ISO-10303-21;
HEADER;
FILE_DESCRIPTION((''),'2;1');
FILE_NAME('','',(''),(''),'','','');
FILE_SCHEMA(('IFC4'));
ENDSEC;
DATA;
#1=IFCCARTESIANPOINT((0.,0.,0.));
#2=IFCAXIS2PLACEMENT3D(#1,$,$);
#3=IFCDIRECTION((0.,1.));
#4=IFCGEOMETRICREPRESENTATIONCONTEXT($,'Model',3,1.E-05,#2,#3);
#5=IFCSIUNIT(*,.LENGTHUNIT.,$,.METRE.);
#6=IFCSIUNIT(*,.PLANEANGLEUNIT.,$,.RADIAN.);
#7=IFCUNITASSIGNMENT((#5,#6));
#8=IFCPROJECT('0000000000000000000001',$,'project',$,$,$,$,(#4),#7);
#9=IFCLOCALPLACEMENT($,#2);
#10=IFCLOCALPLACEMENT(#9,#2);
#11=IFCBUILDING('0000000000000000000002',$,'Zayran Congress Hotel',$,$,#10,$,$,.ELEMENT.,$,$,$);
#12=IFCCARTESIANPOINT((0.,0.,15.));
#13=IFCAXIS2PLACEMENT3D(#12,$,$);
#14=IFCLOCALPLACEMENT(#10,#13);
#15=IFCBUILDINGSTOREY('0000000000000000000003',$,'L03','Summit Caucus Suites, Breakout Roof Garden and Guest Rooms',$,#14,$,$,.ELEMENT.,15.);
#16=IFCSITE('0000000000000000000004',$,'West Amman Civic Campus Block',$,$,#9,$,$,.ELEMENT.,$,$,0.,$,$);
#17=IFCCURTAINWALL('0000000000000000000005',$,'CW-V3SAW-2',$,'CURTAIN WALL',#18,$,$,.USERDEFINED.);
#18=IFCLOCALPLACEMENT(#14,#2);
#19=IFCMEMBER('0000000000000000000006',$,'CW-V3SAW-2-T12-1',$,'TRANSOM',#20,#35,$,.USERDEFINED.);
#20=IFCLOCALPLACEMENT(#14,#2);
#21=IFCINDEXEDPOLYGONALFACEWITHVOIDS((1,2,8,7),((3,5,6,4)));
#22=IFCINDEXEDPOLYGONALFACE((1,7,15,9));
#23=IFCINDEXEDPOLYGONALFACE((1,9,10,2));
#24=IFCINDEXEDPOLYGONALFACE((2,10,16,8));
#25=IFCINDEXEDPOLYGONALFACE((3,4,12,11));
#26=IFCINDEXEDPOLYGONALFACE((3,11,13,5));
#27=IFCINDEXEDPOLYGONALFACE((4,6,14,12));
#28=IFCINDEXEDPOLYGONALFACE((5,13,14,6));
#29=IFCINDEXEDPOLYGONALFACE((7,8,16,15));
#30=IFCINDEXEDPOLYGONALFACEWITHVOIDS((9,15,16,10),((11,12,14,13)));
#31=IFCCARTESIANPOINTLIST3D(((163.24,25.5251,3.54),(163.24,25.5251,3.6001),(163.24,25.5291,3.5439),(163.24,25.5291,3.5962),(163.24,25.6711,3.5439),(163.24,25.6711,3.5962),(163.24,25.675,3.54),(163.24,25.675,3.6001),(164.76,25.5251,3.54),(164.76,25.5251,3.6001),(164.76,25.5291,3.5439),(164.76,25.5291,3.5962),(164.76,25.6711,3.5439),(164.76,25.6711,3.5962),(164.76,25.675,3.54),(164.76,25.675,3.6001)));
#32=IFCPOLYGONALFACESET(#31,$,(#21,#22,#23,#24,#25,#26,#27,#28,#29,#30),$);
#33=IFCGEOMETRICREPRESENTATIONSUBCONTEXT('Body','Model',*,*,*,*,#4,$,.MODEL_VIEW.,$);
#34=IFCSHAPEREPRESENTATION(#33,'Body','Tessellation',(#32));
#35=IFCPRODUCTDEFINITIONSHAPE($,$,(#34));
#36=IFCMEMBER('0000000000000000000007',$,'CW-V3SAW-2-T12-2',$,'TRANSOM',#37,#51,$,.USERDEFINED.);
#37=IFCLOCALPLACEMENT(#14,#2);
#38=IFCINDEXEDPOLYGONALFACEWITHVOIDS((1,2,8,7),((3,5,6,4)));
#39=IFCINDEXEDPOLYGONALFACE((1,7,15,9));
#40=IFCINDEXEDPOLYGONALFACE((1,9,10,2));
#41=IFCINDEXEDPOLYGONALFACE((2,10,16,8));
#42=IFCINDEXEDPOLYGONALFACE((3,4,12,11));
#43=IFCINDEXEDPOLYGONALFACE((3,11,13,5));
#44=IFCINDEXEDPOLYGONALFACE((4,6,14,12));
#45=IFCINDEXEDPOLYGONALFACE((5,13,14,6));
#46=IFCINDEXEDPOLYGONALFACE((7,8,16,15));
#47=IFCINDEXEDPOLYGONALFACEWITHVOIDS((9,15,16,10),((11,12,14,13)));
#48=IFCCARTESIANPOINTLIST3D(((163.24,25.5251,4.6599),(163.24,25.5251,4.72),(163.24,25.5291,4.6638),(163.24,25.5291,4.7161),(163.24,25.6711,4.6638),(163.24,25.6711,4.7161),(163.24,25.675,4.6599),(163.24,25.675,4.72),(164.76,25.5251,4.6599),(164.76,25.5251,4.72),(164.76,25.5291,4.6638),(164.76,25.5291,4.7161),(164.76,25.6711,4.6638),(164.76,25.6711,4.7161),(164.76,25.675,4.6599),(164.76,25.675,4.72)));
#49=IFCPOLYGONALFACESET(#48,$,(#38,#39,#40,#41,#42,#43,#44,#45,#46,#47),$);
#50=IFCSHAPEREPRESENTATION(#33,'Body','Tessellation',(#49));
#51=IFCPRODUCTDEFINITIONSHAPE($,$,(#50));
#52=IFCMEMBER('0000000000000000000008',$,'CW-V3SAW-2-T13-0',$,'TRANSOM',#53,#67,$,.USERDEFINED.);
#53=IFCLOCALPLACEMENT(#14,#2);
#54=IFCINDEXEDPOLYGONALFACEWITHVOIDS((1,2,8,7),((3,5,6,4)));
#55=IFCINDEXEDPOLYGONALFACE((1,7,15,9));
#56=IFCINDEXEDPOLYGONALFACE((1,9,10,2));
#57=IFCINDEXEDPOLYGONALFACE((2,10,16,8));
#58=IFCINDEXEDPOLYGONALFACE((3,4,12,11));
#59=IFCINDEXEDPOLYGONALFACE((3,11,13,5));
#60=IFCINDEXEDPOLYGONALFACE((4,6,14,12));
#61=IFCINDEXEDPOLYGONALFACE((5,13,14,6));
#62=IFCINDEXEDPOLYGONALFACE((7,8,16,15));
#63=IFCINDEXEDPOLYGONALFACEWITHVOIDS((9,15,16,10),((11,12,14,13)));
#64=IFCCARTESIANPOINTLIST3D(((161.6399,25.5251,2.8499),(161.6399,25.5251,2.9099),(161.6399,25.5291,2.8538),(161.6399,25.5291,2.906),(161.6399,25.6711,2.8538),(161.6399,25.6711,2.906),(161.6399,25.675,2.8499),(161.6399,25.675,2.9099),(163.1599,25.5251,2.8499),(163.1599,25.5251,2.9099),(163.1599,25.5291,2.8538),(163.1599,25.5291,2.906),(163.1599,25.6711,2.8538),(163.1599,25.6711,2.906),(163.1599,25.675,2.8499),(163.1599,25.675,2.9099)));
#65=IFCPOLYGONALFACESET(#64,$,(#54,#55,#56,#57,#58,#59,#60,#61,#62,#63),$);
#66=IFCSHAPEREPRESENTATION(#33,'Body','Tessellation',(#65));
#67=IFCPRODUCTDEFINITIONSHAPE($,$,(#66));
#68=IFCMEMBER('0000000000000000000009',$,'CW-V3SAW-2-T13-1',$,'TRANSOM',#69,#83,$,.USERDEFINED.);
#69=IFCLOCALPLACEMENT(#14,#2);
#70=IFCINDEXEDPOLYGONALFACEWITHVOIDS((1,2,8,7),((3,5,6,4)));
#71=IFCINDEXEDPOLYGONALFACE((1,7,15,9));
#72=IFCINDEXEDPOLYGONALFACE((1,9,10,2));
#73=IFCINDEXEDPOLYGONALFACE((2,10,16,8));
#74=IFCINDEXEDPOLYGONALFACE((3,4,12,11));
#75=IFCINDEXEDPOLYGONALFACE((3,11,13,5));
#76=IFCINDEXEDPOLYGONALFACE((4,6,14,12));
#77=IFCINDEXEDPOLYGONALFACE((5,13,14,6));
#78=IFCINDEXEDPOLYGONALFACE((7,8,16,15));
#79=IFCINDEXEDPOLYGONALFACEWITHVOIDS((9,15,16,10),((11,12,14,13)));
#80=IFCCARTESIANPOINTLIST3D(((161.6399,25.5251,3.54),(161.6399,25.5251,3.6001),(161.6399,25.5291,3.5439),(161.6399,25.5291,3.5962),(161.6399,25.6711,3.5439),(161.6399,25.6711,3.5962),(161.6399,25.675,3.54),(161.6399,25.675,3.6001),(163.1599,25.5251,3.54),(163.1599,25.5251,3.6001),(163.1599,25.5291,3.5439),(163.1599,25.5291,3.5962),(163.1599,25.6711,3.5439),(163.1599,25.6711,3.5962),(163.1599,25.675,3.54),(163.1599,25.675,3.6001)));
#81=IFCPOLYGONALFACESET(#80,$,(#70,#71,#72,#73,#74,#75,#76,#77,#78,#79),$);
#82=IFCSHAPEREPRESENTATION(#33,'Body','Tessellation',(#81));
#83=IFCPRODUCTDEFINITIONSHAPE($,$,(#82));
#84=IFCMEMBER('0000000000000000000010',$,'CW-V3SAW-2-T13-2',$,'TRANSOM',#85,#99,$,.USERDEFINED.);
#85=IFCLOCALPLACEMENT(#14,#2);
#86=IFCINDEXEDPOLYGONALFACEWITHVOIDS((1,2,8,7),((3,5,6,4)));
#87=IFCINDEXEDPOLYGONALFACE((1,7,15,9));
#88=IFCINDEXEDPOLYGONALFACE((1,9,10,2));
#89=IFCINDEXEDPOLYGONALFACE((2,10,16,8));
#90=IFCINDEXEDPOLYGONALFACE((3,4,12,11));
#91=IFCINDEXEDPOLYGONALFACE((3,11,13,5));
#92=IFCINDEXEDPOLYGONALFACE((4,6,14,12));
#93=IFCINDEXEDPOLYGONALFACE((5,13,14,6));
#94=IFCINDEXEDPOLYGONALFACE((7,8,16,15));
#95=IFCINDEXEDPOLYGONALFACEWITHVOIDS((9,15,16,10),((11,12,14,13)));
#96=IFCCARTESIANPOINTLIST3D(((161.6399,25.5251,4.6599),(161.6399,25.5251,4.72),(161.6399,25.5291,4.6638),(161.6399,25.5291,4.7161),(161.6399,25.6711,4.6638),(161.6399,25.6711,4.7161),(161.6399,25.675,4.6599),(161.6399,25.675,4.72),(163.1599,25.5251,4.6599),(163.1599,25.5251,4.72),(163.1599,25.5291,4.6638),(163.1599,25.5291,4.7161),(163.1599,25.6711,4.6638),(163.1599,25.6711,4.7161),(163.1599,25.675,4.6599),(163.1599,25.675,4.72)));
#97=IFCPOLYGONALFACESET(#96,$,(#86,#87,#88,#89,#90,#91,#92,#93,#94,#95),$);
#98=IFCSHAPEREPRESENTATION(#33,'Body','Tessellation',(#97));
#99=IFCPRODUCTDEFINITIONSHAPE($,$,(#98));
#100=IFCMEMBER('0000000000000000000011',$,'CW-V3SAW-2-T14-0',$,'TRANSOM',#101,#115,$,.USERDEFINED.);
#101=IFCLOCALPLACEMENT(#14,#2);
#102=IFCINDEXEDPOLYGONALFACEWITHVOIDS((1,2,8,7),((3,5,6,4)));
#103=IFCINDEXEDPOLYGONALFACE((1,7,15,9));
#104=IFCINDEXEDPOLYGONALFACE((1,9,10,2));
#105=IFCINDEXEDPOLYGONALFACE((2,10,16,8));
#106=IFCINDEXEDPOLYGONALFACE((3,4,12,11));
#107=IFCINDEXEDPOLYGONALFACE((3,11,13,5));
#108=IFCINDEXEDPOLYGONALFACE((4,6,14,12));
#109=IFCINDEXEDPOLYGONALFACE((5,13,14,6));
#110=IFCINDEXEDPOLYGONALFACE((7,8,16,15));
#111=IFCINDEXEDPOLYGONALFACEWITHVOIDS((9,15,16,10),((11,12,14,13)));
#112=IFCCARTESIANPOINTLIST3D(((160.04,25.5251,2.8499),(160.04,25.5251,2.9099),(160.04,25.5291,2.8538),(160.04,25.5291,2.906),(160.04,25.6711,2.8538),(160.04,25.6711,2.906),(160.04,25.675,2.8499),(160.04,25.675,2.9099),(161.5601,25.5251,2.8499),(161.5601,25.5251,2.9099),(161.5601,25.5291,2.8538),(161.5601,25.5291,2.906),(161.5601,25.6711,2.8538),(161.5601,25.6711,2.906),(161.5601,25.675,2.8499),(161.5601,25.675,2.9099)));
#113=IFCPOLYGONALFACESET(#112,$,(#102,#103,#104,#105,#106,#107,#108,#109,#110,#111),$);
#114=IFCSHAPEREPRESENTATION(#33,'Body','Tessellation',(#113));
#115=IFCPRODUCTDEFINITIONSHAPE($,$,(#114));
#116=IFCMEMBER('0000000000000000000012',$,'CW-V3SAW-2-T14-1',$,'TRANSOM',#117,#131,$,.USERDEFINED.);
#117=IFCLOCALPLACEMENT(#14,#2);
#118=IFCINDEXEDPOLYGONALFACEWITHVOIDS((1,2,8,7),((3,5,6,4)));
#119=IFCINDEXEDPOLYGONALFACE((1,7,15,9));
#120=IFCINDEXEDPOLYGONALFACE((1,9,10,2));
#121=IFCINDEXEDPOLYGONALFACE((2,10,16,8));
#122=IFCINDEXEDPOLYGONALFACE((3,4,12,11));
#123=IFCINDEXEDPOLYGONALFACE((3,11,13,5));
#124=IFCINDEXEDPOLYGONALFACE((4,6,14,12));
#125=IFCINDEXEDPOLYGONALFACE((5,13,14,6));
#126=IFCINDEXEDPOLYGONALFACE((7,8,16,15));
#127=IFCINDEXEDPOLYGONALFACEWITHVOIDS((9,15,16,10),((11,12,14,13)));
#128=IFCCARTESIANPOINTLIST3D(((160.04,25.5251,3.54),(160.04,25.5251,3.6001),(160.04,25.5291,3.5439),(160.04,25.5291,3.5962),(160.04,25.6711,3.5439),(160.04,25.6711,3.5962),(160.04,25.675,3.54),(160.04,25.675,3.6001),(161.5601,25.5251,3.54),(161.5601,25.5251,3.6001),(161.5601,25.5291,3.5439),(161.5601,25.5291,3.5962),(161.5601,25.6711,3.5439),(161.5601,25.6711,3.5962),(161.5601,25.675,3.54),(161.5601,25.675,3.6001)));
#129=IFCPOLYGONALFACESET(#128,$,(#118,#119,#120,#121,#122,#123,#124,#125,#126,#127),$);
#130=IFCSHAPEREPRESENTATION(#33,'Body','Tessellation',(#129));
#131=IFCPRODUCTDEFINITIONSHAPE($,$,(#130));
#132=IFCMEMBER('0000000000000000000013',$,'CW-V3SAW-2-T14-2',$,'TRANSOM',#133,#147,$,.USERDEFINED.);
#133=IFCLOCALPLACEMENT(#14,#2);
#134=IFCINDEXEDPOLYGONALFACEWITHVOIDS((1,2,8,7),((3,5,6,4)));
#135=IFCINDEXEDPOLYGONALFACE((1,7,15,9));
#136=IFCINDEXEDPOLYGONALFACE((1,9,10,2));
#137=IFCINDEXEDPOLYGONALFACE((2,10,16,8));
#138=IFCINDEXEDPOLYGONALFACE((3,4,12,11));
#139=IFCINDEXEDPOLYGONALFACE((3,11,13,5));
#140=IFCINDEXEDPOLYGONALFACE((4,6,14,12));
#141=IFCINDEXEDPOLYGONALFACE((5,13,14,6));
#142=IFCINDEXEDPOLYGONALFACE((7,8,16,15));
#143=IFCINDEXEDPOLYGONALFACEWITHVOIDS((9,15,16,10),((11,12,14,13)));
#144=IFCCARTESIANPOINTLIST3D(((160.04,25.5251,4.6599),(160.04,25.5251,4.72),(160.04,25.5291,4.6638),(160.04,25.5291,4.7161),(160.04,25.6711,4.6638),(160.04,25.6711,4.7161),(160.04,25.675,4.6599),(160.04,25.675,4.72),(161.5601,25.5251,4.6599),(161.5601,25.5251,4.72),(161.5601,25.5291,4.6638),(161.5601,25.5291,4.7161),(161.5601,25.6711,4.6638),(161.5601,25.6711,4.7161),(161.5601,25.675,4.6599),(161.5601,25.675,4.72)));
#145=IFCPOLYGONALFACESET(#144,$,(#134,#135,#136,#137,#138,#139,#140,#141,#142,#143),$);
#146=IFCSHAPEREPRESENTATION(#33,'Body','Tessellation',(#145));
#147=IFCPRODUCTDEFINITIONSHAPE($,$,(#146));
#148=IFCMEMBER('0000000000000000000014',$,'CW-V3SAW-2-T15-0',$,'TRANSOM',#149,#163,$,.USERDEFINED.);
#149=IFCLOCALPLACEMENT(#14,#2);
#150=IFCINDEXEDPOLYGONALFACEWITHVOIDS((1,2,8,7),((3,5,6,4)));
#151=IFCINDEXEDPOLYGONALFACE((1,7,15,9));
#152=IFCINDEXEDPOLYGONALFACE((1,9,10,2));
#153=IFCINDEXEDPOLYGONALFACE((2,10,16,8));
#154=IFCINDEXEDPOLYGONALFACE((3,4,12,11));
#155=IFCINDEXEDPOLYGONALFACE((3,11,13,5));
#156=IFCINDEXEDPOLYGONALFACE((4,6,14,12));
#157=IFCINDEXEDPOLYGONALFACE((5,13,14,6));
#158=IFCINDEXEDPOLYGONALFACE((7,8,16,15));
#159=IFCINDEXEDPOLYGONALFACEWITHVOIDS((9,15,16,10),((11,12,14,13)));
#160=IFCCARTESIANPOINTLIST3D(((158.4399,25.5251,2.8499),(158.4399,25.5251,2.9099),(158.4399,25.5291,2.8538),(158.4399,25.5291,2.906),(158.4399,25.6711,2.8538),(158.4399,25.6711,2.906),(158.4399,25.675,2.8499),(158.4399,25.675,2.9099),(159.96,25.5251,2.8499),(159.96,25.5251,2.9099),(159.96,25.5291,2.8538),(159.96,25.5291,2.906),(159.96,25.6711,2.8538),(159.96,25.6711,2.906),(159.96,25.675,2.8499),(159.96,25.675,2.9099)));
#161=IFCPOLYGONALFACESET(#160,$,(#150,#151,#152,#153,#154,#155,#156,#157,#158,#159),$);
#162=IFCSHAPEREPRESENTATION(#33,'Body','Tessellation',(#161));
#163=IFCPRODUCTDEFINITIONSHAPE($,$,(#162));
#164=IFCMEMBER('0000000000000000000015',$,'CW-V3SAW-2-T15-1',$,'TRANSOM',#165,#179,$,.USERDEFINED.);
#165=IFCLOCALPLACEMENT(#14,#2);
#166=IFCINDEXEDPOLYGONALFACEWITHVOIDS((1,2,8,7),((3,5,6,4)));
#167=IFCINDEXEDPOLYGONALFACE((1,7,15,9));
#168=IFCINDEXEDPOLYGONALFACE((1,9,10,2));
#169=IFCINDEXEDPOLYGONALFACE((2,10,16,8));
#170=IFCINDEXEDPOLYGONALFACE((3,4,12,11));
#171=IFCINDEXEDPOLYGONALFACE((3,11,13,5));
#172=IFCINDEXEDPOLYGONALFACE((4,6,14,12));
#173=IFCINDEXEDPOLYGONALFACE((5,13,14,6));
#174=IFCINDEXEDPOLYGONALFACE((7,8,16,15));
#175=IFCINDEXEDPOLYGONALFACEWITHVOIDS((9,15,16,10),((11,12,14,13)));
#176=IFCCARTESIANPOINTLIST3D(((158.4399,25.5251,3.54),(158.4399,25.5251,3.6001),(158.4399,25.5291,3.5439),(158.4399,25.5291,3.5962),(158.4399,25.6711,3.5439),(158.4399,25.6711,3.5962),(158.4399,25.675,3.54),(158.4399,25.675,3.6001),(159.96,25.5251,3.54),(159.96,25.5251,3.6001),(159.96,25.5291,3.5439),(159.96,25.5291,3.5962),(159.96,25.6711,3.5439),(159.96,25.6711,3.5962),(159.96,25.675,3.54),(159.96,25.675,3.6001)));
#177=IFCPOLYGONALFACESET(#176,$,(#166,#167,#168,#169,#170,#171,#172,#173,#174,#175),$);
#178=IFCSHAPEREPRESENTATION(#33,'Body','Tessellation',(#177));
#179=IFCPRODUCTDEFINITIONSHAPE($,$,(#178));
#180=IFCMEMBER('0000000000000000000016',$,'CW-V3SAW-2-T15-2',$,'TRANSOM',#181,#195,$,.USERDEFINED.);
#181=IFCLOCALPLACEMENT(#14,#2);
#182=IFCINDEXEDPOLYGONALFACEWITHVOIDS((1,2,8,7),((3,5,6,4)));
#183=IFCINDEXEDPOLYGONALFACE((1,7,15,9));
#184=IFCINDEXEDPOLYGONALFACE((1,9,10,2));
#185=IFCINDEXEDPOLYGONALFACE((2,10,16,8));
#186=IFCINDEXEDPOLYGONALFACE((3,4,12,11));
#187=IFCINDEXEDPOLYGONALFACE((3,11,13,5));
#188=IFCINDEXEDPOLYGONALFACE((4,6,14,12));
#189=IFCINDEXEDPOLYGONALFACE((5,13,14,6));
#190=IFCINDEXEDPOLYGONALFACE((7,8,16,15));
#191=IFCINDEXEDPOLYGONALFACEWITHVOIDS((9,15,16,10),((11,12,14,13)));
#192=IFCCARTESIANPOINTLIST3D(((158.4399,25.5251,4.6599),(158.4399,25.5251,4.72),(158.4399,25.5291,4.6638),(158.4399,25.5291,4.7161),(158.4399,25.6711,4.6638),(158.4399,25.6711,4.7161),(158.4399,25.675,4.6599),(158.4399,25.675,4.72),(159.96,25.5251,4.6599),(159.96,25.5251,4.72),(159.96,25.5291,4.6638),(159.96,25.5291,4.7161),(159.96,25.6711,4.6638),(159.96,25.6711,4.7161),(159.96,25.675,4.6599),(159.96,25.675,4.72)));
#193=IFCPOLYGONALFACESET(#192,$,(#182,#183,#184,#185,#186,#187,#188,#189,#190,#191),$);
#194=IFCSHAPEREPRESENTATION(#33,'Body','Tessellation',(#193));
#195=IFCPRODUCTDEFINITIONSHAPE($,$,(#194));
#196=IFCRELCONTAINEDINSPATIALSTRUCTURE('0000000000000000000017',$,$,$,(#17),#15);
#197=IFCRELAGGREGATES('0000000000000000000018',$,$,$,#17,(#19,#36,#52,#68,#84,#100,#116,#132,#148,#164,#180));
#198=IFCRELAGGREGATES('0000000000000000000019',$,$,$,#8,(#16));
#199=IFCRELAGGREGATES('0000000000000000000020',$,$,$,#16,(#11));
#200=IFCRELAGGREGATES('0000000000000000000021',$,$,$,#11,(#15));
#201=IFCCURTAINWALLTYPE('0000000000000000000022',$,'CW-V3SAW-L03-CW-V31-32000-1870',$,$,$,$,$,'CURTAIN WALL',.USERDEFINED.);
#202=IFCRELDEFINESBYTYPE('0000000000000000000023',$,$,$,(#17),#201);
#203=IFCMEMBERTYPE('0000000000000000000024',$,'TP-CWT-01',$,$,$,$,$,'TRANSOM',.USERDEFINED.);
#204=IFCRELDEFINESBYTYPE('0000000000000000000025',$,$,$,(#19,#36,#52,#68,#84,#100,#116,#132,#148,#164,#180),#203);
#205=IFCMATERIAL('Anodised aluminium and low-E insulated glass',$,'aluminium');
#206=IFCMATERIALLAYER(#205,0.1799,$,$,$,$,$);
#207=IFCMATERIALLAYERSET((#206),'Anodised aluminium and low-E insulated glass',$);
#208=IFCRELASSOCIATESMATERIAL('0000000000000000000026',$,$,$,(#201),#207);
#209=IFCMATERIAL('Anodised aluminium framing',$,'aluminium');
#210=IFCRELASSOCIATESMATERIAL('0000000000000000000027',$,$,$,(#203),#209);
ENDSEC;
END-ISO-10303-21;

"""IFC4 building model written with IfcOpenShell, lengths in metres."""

from ifc_helpers import new_model, si_unit, direction, frame, origin, origin_2d, place, context, subcontext, project, spatial, hollow_rectangle, extrude, material, layer, layer_set, material_profile, profile_set, type_object, element, aggregate, save


model = new_model("IFC4")

# Units and contexts
model_context = context("Model", 3, precision=1e-05, world=origin(), true_north=direction((0.0, 1.0)))
body_context = subcontext(model_context, "Body", "Model", "MODEL_VIEW")
ifc_project = project(units=[si_unit("LENGTHUNIT", "METRE"), si_unit("PLANEANGLEUNIT", "RADIAN")], contexts=[model_context])

# Site, building, storey
site_placement = place(None, origin())
site = spatial("IfcSite", under=ifc_project, at=site_placement, Name="West Amman Civic Campus Block", CompositionType="ELEMENT", RefElevation=0.0)
building_placement = place(site_placement, origin())
building = spatial("IfcBuilding", under=site, at=building_placement, Name="Zayran Congress Hotel", CompositionType="ELEMENT")
storey_placement = place(building_placement, frame((0.0, 0.0, 15.0)))
storey = spatial("IfcBuildingStorey", under=building, at=storey_placement, Name="L03", Description="Summit Caucus Suites, Breakout Roof Garden and Guest Rooms", CompositionType="ELEMENT", Elevation=15.0)

# Curtain wall, members
ifc_material_1 = material(Name="Anodised aluminium and low-E insulated glass", Category="aluminium")
ifc_layer_1 = layer(ifc_material_1, 0.1799)
ifc_layer_set_1 = layer_set([ifc_layer_1], Name="Anodised aluminium and low-E insulated glass")
curtain_wall_type = type_object("IfcCurtainWallType", Name="CW-V3SAW-L03-CW-V31-32000-1870", ElementType="CURTAIN WALL", PredefinedType="USERDEFINED", material=ifc_layer_set_1)
curtain_wall_placement = place(storey_placement, origin())
curtain_wall = element("IfcCurtainWall", 1, at=curtain_wall_placement, inside=storey, type_object=curtain_wall_type, Name="CW-V3SAW-2", ObjectType="CURTAIN WALL", PredefinedType="USERDEFINED")
ifc_material_2 = material(Name="Anodised aluminium framing", Category="aluminium")
ifc_material_profile_1 = material_profile(ifc_material_2, hollow_rectangle(XDim=0.0601, YDim=0.1499, WallThickness=0.0039, at=origin_2d()), Name="RHS 150x60x4")
ifc_profile_set_1 = profile_set([ifc_material_profile_1], Name="Anodised aluminium framing")
member_type_1 = type_object("IfcMemberType", Name="TP-CWT-01", ElementType="TRANSOM", PredefinedType="USERDEFINED", material=ifc_profile_set_1)
member_1_placement = place(storey_placement, frame((164.76, 25.6001, 3.5701), z_axis=(-1.0, 0.0, 0.0), x_axis=(0.0, 0.0, 1.0)))
member_1 = element("IfcMember", 2, at=member_1_placement, type_object=member_type_1, Name="CW-V3SAW-2-T12-1", ObjectType="TRANSOM", PredefinedType="USERDEFINED", context=body_context, shape_type="SweptSolid", body=[
    extrude(hollow_rectangle(XDim=0.0601, YDim=0.1499, WallThickness=0.0039, at=origin_2d()), origin(), (0.0, 0.0, 1.0), 1.52),
])
member_2_placement = place(storey_placement, frame((164.76, 25.6001, 4.6899), z_axis=(-1.0, 0.0, 0.0), x_axis=(0.0, 0.0, 1.0)))
member_2 = element("IfcMember", 3, at=member_2_placement, type_object=member_type_1, Name="CW-V3SAW-2-T12-2", ObjectType="TRANSOM", PredefinedType="USERDEFINED", context=body_context, shape_type="SweptSolid", body=[
    extrude(hollow_rectangle(XDim=0.0601, YDim=0.1499, WallThickness=0.0039, at=origin_2d()), origin(), (0.0, 0.0, 1.0), 1.52),
])
member_3_placement = place(storey_placement, frame((163.1599, 25.6001, 2.8799), z_axis=(-1.0, 0.0, 0.0), x_axis=(0.0, 0.0, 1.0)))
member_3 = element("IfcMember", 4, at=member_3_placement, type_object=member_type_1, Name="CW-V3SAW-2-T13-0", ObjectType="TRANSOM", PredefinedType="USERDEFINED", context=body_context, shape_type="SweptSolid", body=[
    extrude(hollow_rectangle(XDim=0.0601, YDim=0.1499, WallThickness=0.0039, at=origin_2d()), origin(), (0.0, 0.0, 1.0), 1.52),
])
member_4_placement = place(storey_placement, frame((163.1599, 25.6001, 3.5701), z_axis=(-1.0, 0.0, 0.0), x_axis=(0.0, 0.0, 1.0)))
member_4 = element("IfcMember", 5, at=member_4_placement, type_object=member_type_1, Name="CW-V3SAW-2-T13-1", ObjectType="TRANSOM", PredefinedType="USERDEFINED", context=body_context, shape_type="SweptSolid", body=[
    extrude(hollow_rectangle(XDim=0.0601, YDim=0.1499, WallThickness=0.0039, at=origin_2d()), origin(), (0.0, 0.0, 1.0), 1.52),
])
member_5_placement = place(storey_placement, frame((163.1599, 25.6001, 4.6899), z_axis=(-1.0, 0.0, 0.0), x_axis=(0.0, 0.0, 1.0)))
member_5 = element("IfcMember", 6, at=member_5_placement, type_object=member_type_1, Name="CW-V3SAW-2-T13-2", ObjectType="TRANSOM", PredefinedType="USERDEFINED", context=body_context, shape_type="SweptSolid", body=[
    extrude(hollow_rectangle(XDim=0.0601, YDim=0.1499, WallThickness=0.0039, at=origin_2d()), origin(), (0.0, 0.0, 1.0), 1.52),
])
member_6_placement = place(storey_placement, frame((161.5601, 25.6001, 2.8799), z_axis=(-1.0, 0.0, 0.0), x_axis=(0.0, 0.0, 1.0)))
member_6 = element("IfcMember", 7, at=member_6_placement, type_object=member_type_1, Name="CW-V3SAW-2-T14-0", ObjectType="TRANSOM", PredefinedType="USERDEFINED", context=body_context, shape_type="SweptSolid", body=[
    extrude(hollow_rectangle(XDim=0.0601, YDim=0.1499, WallThickness=0.0039, at=origin_2d()), origin(), (0.0, 0.0, 1.0), 1.52),
])
member_7_placement = place(storey_placement, frame((161.5601, 25.6001, 3.5701), z_axis=(-1.0, 0.0, 0.0), x_axis=(0.0, 0.0, 1.0)))
member_7 = element("IfcMember", 8, at=member_7_placement, type_object=member_type_1, Name="CW-V3SAW-2-T14-1", ObjectType="TRANSOM", PredefinedType="USERDEFINED", context=body_context, shape_type="SweptSolid", body=[
    extrude(hollow_rectangle(XDim=0.0601, YDim=0.1499, WallThickness=0.0039, at=origin_2d()), origin(), (0.0, 0.0, 1.0), 1.52),
])
member_8_placement = place(storey_placement, frame((161.5601, 25.6001, 4.6899), z_axis=(-1.0, 0.0, 0.0), x_axis=(0.0, 0.0, 1.0)))
member_8 = element("IfcMember", 9, at=member_8_placement, type_object=member_type_1, Name="CW-V3SAW-2-T14-2", ObjectType="TRANSOM", PredefinedType="USERDEFINED", context=body_context, shape_type="SweptSolid", body=[
    extrude(hollow_rectangle(XDim=0.0601, YDim=0.1499, WallThickness=0.0039, at=origin_2d()), origin(), (0.0, 0.0, 1.0), 1.52),
])
member_9_placement = place(storey_placement, frame((159.96, 25.6001, 2.8799), z_axis=(-1.0, 0.0, 0.0), x_axis=(0.0, 0.0, 1.0)))
member_9 = element("IfcMember", 10, at=member_9_placement, type_object=member_type_1, Name="CW-V3SAW-2-T15-0", ObjectType="TRANSOM", PredefinedType="USERDEFINED", context=body_context, shape_type="SweptSolid", body=[
    extrude(hollow_rectangle(XDim=0.0601, YDim=0.1499, WallThickness=0.0039, at=origin_2d()), origin(), (0.0, 0.0, 1.0), 1.52),
])
member_10_placement = place(storey_placement, frame((159.96, 25.6001, 3.5701), z_axis=(-1.0, 0.0, 0.0), x_axis=(0.0, 0.0, 1.0)))
member_10 = element("IfcMember", 11, at=member_10_placement, type_object=member_type_1, Name="CW-V3SAW-2-T15-1", ObjectType="TRANSOM", PredefinedType="USERDEFINED", context=body_context, shape_type="SweptSolid", body=[
    extrude(hollow_rectangle(XDim=0.0601, YDim=0.1499, WallThickness=0.0039, at=origin_2d()), origin(), (0.0, 0.0, 1.0), 1.52),
])
member_11_placement = place(storey_placement, frame((159.96, 25.6001, 4.6899), z_axis=(-1.0, 0.0, 0.0), x_axis=(0.0, 0.0, 1.0)))
member_11 = element("IfcMember", 12, at=member_11_placement, type_object=member_type_1, Name="CW-V3SAW-2-T15-2", ObjectType="TRANSOM", PredefinedType="USERDEFINED", context=body_context, shape_type="SweptSolid", body=[
    extrude(hollow_rectangle(XDim=0.0601, YDim=0.1499, WallThickness=0.0039, at=origin_2d()), origin(), (0.0, 0.0, 1.0), 1.52),
])

aggregate(curtain_wall, [member_1, member_2, member_3, member_4, member_5, member_6, member_7, member_8, member_9, member_10, member_11])

save(model, "model.ifc")
